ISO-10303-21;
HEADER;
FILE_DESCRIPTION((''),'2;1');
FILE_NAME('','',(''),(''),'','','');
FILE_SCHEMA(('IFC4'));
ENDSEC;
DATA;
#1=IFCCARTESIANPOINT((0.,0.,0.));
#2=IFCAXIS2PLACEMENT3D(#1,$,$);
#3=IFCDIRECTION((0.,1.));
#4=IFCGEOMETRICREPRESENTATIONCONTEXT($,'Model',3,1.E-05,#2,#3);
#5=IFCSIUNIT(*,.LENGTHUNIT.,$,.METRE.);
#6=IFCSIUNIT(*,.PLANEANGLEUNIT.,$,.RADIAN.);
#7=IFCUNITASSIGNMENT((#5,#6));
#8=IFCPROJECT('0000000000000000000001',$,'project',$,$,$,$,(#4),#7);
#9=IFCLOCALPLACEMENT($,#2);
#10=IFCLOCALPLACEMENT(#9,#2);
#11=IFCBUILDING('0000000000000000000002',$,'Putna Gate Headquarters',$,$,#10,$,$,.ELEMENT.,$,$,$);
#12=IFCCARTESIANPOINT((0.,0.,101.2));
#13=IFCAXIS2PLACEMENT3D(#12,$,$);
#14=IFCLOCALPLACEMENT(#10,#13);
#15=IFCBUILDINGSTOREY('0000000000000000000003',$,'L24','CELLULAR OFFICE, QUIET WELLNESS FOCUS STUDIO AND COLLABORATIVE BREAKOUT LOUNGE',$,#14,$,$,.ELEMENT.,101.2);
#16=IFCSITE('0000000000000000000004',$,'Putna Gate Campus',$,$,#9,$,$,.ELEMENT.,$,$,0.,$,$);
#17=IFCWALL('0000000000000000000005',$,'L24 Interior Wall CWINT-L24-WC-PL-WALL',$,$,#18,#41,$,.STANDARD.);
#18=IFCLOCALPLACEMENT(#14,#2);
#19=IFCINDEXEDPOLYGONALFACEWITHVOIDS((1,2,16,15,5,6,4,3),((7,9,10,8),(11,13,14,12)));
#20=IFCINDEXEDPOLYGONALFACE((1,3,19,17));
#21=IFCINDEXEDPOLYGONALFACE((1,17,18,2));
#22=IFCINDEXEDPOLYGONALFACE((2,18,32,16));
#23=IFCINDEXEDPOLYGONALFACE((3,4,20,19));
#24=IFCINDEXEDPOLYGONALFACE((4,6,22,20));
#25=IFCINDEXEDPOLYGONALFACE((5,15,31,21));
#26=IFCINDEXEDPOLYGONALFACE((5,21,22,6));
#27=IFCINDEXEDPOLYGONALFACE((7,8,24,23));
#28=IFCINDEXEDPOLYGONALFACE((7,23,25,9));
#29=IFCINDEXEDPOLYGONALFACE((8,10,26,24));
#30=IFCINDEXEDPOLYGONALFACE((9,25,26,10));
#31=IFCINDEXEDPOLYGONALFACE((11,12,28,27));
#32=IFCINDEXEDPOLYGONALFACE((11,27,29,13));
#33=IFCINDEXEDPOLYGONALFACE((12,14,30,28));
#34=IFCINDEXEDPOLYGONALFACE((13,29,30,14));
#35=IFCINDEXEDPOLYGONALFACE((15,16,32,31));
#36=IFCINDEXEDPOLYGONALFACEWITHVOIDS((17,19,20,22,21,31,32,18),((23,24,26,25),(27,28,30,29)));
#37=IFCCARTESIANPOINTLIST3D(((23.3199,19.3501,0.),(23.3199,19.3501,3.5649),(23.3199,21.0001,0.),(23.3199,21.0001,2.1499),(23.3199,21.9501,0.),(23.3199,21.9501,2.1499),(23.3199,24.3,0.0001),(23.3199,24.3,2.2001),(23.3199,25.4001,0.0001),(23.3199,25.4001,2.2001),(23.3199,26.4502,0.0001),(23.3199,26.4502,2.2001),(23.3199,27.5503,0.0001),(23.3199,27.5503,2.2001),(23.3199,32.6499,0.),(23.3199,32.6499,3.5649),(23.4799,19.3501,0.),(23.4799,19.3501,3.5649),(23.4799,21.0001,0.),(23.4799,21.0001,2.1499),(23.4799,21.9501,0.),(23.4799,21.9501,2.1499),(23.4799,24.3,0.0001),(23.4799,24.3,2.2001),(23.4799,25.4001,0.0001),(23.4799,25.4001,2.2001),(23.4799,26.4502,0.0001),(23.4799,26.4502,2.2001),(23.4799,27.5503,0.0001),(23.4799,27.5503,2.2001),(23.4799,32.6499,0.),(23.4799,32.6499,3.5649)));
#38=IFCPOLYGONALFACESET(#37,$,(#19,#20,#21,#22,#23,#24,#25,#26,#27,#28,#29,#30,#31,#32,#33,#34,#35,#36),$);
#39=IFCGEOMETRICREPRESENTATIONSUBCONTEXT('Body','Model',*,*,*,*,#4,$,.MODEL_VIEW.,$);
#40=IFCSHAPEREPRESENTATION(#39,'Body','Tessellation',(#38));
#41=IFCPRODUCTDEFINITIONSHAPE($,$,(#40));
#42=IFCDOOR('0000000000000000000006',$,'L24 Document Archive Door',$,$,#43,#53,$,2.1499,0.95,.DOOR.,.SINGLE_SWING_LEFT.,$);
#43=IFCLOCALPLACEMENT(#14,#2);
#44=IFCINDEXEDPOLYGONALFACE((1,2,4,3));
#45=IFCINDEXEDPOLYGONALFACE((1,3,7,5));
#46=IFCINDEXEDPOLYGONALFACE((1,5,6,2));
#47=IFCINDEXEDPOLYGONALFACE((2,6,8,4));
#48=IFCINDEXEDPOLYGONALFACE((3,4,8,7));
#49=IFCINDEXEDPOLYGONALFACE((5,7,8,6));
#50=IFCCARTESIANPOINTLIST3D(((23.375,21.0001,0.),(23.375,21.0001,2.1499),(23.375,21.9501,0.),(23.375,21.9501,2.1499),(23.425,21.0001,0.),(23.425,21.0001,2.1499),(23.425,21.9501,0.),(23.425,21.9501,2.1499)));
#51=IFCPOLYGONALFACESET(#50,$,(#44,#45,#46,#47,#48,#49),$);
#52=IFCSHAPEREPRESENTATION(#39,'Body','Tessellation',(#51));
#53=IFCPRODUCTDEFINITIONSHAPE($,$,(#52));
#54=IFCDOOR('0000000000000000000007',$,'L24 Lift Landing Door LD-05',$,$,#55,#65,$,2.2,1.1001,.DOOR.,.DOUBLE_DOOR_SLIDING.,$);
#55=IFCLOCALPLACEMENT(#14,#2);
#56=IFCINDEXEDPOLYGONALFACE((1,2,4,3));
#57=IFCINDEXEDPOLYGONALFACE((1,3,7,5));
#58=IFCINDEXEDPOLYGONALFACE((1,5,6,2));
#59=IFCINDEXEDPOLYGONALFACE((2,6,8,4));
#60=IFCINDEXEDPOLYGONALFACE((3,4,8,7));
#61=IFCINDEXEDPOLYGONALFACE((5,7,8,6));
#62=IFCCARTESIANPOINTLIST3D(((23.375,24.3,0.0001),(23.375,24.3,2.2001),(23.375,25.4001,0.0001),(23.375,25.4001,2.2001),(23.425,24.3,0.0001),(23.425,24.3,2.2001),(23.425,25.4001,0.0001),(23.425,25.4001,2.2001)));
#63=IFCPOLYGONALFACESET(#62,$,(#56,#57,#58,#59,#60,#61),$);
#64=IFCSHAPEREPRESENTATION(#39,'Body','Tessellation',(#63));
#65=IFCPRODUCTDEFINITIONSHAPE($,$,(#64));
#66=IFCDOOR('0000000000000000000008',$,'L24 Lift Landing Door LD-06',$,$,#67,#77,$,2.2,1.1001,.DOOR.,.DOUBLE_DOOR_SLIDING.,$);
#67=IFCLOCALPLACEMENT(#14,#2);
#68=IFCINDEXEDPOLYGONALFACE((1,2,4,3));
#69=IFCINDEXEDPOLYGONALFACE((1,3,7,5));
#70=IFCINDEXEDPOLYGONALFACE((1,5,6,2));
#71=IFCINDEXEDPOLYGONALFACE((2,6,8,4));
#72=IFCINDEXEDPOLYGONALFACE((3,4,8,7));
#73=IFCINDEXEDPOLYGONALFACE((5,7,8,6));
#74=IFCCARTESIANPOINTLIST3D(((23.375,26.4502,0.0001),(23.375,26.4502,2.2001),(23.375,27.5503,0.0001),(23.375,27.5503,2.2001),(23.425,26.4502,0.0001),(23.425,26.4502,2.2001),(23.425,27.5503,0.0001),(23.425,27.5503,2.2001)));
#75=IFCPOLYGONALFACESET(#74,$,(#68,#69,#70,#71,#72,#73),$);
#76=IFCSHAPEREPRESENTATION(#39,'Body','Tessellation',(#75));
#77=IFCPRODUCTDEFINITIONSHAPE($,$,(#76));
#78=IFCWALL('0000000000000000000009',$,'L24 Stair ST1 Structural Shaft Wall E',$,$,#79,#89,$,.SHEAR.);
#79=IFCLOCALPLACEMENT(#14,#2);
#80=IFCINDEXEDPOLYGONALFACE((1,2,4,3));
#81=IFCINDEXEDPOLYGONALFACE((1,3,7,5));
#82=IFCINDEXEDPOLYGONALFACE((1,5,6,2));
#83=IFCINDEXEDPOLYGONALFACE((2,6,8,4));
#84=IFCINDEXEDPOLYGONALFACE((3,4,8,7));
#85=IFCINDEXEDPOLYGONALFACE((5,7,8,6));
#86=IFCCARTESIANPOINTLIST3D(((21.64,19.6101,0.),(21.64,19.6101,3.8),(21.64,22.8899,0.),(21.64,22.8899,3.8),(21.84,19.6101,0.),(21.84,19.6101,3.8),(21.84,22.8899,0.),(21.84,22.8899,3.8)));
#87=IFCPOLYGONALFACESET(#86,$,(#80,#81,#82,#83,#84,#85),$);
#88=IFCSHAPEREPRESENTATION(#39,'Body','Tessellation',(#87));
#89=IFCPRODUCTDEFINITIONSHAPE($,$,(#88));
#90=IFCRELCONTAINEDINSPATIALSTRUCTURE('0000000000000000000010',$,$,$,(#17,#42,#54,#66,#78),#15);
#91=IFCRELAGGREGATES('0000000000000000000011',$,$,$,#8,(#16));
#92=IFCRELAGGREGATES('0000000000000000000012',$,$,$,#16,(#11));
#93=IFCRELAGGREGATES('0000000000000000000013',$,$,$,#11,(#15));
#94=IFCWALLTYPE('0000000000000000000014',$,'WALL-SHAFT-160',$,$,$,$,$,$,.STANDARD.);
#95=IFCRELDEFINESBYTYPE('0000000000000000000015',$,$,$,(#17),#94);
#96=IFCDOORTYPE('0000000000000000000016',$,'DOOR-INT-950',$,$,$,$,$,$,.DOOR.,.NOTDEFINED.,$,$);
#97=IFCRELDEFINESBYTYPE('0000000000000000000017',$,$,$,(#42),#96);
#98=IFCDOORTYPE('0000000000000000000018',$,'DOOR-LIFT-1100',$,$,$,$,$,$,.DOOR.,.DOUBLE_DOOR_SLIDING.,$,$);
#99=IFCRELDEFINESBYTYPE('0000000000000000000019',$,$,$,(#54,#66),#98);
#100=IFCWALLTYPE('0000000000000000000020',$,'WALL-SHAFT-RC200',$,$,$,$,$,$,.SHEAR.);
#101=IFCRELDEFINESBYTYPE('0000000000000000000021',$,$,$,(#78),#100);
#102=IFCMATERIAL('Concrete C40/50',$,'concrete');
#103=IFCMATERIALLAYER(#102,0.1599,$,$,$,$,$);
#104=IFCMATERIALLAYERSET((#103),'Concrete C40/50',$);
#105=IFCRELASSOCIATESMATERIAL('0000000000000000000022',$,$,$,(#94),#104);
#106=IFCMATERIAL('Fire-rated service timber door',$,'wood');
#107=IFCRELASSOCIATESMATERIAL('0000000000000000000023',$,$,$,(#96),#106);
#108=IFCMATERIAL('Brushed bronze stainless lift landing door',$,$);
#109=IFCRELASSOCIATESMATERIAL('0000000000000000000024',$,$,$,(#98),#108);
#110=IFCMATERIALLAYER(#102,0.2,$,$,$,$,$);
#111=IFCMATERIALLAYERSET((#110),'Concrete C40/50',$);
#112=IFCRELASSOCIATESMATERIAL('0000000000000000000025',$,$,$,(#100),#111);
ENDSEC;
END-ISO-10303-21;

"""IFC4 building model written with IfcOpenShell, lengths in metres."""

from ifc_helpers import new_model, si_unit, direction, frame, frame_2d, origin, place, context, subcontext, project, spatial, rectangle, extrude, material, layer, layer_set, type_object, element, fill, save


model = new_model("IFC4")

# Units and contexts
model_context = context("Model", 3, precision=1e-05, world=origin(), true_north=direction((0.0, 1.0)))
body_context = subcontext(model_context, "Body", "Model", "MODEL_VIEW")
ifc_project = project(units=[si_unit("LENGTHUNIT", "METRE"), si_unit("PLANEANGLEUNIT", "RADIAN")], contexts=[model_context])

# Site, building, storey
site_placement = place(None, origin())
site = spatial("IfcSite", under=ifc_project, at=site_placement, Name="Putna Gate Campus", CompositionType="ELEMENT", RefElevation=0.0)
building_placement = place(site_placement, origin())
building = spatial("IfcBuilding", under=site, at=building_placement, Name="Putna Gate Headquarters", CompositionType="ELEMENT")
storey_placement = place(building_placement, frame((0.0, 0.0, 101.2)))
storey = spatial("IfcBuildingStorey", under=building, at=storey_placement, Name="L24", Description="CELLULAR OFFICE, QUIET WELLNESS FOCUS STUDIO AND COLLABORATIVE BREAKOUT LOUNGE", CompositionType="ELEMENT", Elevation=101.2)

# Wall, openings, doors
ifc_material_1 = material(Name="Concrete C40/50", Category="concrete")
ifc_layer_1 = layer(ifc_material_1, 0.1599)
ifc_layer_set_1 = layer_set([ifc_layer_1], Name="Concrete C40/50")
wall_type_1 = type_object("IfcWallType", Name="WALL-SHAFT-160", PredefinedType="STANDARD", material=ifc_layer_set_1)
wall_1_placement = place(storey_placement, frame((23.3999, 19.3501, 0.0), z_axis=(0.0, 0.0, 1.0), x_axis=(0.0, 1.0, 0.0)))
wall_1 = element("IfcWall", 1, at=wall_1_placement, inside=storey, type_object=wall_type_1, Name="L24 Interior Wall CWINT-L24-WC-PL-WALL", PredefinedType="STANDARD", context=body_context, shape_type="SweptSolid", body=[
    extrude(rectangle(XDim=13.2998, YDim=0.1599, at=frame_2d((6.6499, 0.0))), origin(), (0.0, 0.0, 1.0), 3.5649),
])
opening_1_placement = place(wall_1_placement, frame((1.6499, 0.0, 0.0)))
opening_1 = element("IfcOpeningElement", 2, at=opening_1_placement, cuts=wall_1, PredefinedType="OPENING", context=body_context, shape_type="SweptSolid", body=[
    extrude(rectangle(XDim=0.95, YDim=2.1499, at=frame_2d((0.4751, 1.075))), frame((0.0, 0.0898, 0.0), z_axis=(0.0, -1.0, 0.0), x_axis=(1.0, 0.0, 0.0)), (0.0, 0.0, 1.0), 0.1799),
])
opening_2_placement = place(wall_1_placement, frame((4.95, 0.0, 0.0)))
opening_2 = element("IfcOpeningElement", 3, at=opening_2_placement, cuts=wall_1, PredefinedType="OPENING", context=body_context, shape_type="SweptSolid", body=[
    extrude(rectangle(XDim=1.1001, YDim=2.2, at=frame_2d((0.55, 1.1001))), frame((0.0, 0.0898, 0.0), z_axis=(0.0, -1.0, 0.0), x_axis=(1.0, 0.0, 0.0)), (0.0, 0.0, 1.0), 0.1799),
])
opening_3_placement = place(wall_1_placement, frame((7.1001, 0.0, 0.0)))
opening_3 = element("IfcOpeningElement", 4, at=opening_3_placement, cuts=wall_1, PredefinedType="OPENING", context=body_context, shape_type="SweptSolid", body=[
    extrude(rectangle(XDim=1.1001, YDim=2.2, at=frame_2d((0.55, 1.1001))), frame((0.0, 0.0898, 0.0), z_axis=(0.0, -1.0, 0.0), x_axis=(1.0, 0.0, 0.0)), (0.0, 0.0, 1.0), 0.1799),
])
ifc_material_2 = material(Name="Fire-rated service timber door", Category="wood")
door_type_1 = type_object("IfcDoorType", Name="DOOR-INT-950", OperationType="NOTDEFINED", PredefinedType="DOOR", material=ifc_material_2)
door_1_placement = place(opening_1_placement, origin())
door_1 = element("IfcDoor", 5, at=door_1_placement, inside=storey, type_object=door_type_1, Name="L24 Document Archive Door", OperationType="SINGLE_SWING_LEFT", OverallHeight=2.1499, OverallWidth=0.95, PredefinedType="DOOR", context=body_context, shape_type="SweptSolid", body=[
    extrude(rectangle(XDim=0.95, YDim=2.1499, at=frame_2d((0.4751, 1.075))), frame((0.0, 0.0249, 0.0), z_axis=(0.0, -1.0, 0.0), x_axis=(1.0, 0.0, 0.0)), (0.0, 0.0, 1.0), 0.05),
])
fill(opening_1, door_1)
ifc_material_3 = material(Name="Brushed bronze stainless lift landing door")
door_type_2 = type_object("IfcDoorType", Name="DOOR-LIFT-1100", OperationType="DOUBLE_DOOR_SLIDING", PredefinedType="DOOR", material=ifc_material_3)
door_2_placement = place(opening_2_placement, origin())
door_2 = element("IfcDoor", 6, at=door_2_placement, inside=storey, type_object=door_type_2, Name="L24 Lift Landing Door LD-05", OperationType="DOUBLE_DOOR_SLIDING", OverallHeight=2.2, OverallWidth=1.1001, PredefinedType="DOOR", context=body_context, shape_type="SweptSolid", body=[
    extrude(rectangle(XDim=1.1001, YDim=2.2, at=frame_2d((0.55, 1.1001))), frame((0.0, 0.0249, 0.0), z_axis=(0.0, -1.0, 0.0), x_axis=(1.0, 0.0, 0.0)), (0.0, 0.0, 1.0), 0.05),
])
fill(opening_2, door_2)
door_3_placement = place(opening_3_placement, origin())
door_3 = element("IfcDoor", 7, at=door_3_placement, inside=storey, type_object=door_type_2, Name="L24 Lift Landing Door LD-06", OperationType="DOUBLE_DOOR_SLIDING", OverallHeight=2.2, OverallWidth=1.1001, PredefinedType="DOOR", context=body_context, shape_type="SweptSolid", body=[
    extrude(rectangle(XDim=1.1001, YDim=2.2, at=frame_2d((0.55, 1.1001))), frame((0.0, 0.0249, 0.0), z_axis=(0.0, -1.0, 0.0), x_axis=(1.0, 0.0, 0.0)), (0.0, 0.0, 1.0), 0.05),
])
fill(opening_3, door_3)

# Wall
ifc_layer_2 = layer(ifc_material_1, 0.2)
ifc_layer_set_2 = layer_set([ifc_layer_2], Name="Concrete C40/50")
wall_type_2 = type_object("IfcWallType", Name="WALL-SHAFT-RC200", PredefinedType="SHEAR", material=ifc_layer_set_2)
wall_2_placement = place(storey_placement, frame((21.74, 19.6101, 0.0), z_axis=(0.0, 0.0, 1.0), x_axis=(0.0, 1.0, 0.0)))
element("IfcWall", 8, at=wall_2_placement, inside=storey, type_object=wall_type_2, Name="L24 Stair ST1 Structural Shaft Wall E", PredefinedType="SHEAR", context=body_context, shape_type="SweptSolid", body=[
    extrude(rectangle(XDim=3.2798, YDim=0.2, at=frame_2d((1.6399, 0.0))), origin(), (0.0, 0.0, 1.0), 3.8),
])

save(model, "model.ifc")
